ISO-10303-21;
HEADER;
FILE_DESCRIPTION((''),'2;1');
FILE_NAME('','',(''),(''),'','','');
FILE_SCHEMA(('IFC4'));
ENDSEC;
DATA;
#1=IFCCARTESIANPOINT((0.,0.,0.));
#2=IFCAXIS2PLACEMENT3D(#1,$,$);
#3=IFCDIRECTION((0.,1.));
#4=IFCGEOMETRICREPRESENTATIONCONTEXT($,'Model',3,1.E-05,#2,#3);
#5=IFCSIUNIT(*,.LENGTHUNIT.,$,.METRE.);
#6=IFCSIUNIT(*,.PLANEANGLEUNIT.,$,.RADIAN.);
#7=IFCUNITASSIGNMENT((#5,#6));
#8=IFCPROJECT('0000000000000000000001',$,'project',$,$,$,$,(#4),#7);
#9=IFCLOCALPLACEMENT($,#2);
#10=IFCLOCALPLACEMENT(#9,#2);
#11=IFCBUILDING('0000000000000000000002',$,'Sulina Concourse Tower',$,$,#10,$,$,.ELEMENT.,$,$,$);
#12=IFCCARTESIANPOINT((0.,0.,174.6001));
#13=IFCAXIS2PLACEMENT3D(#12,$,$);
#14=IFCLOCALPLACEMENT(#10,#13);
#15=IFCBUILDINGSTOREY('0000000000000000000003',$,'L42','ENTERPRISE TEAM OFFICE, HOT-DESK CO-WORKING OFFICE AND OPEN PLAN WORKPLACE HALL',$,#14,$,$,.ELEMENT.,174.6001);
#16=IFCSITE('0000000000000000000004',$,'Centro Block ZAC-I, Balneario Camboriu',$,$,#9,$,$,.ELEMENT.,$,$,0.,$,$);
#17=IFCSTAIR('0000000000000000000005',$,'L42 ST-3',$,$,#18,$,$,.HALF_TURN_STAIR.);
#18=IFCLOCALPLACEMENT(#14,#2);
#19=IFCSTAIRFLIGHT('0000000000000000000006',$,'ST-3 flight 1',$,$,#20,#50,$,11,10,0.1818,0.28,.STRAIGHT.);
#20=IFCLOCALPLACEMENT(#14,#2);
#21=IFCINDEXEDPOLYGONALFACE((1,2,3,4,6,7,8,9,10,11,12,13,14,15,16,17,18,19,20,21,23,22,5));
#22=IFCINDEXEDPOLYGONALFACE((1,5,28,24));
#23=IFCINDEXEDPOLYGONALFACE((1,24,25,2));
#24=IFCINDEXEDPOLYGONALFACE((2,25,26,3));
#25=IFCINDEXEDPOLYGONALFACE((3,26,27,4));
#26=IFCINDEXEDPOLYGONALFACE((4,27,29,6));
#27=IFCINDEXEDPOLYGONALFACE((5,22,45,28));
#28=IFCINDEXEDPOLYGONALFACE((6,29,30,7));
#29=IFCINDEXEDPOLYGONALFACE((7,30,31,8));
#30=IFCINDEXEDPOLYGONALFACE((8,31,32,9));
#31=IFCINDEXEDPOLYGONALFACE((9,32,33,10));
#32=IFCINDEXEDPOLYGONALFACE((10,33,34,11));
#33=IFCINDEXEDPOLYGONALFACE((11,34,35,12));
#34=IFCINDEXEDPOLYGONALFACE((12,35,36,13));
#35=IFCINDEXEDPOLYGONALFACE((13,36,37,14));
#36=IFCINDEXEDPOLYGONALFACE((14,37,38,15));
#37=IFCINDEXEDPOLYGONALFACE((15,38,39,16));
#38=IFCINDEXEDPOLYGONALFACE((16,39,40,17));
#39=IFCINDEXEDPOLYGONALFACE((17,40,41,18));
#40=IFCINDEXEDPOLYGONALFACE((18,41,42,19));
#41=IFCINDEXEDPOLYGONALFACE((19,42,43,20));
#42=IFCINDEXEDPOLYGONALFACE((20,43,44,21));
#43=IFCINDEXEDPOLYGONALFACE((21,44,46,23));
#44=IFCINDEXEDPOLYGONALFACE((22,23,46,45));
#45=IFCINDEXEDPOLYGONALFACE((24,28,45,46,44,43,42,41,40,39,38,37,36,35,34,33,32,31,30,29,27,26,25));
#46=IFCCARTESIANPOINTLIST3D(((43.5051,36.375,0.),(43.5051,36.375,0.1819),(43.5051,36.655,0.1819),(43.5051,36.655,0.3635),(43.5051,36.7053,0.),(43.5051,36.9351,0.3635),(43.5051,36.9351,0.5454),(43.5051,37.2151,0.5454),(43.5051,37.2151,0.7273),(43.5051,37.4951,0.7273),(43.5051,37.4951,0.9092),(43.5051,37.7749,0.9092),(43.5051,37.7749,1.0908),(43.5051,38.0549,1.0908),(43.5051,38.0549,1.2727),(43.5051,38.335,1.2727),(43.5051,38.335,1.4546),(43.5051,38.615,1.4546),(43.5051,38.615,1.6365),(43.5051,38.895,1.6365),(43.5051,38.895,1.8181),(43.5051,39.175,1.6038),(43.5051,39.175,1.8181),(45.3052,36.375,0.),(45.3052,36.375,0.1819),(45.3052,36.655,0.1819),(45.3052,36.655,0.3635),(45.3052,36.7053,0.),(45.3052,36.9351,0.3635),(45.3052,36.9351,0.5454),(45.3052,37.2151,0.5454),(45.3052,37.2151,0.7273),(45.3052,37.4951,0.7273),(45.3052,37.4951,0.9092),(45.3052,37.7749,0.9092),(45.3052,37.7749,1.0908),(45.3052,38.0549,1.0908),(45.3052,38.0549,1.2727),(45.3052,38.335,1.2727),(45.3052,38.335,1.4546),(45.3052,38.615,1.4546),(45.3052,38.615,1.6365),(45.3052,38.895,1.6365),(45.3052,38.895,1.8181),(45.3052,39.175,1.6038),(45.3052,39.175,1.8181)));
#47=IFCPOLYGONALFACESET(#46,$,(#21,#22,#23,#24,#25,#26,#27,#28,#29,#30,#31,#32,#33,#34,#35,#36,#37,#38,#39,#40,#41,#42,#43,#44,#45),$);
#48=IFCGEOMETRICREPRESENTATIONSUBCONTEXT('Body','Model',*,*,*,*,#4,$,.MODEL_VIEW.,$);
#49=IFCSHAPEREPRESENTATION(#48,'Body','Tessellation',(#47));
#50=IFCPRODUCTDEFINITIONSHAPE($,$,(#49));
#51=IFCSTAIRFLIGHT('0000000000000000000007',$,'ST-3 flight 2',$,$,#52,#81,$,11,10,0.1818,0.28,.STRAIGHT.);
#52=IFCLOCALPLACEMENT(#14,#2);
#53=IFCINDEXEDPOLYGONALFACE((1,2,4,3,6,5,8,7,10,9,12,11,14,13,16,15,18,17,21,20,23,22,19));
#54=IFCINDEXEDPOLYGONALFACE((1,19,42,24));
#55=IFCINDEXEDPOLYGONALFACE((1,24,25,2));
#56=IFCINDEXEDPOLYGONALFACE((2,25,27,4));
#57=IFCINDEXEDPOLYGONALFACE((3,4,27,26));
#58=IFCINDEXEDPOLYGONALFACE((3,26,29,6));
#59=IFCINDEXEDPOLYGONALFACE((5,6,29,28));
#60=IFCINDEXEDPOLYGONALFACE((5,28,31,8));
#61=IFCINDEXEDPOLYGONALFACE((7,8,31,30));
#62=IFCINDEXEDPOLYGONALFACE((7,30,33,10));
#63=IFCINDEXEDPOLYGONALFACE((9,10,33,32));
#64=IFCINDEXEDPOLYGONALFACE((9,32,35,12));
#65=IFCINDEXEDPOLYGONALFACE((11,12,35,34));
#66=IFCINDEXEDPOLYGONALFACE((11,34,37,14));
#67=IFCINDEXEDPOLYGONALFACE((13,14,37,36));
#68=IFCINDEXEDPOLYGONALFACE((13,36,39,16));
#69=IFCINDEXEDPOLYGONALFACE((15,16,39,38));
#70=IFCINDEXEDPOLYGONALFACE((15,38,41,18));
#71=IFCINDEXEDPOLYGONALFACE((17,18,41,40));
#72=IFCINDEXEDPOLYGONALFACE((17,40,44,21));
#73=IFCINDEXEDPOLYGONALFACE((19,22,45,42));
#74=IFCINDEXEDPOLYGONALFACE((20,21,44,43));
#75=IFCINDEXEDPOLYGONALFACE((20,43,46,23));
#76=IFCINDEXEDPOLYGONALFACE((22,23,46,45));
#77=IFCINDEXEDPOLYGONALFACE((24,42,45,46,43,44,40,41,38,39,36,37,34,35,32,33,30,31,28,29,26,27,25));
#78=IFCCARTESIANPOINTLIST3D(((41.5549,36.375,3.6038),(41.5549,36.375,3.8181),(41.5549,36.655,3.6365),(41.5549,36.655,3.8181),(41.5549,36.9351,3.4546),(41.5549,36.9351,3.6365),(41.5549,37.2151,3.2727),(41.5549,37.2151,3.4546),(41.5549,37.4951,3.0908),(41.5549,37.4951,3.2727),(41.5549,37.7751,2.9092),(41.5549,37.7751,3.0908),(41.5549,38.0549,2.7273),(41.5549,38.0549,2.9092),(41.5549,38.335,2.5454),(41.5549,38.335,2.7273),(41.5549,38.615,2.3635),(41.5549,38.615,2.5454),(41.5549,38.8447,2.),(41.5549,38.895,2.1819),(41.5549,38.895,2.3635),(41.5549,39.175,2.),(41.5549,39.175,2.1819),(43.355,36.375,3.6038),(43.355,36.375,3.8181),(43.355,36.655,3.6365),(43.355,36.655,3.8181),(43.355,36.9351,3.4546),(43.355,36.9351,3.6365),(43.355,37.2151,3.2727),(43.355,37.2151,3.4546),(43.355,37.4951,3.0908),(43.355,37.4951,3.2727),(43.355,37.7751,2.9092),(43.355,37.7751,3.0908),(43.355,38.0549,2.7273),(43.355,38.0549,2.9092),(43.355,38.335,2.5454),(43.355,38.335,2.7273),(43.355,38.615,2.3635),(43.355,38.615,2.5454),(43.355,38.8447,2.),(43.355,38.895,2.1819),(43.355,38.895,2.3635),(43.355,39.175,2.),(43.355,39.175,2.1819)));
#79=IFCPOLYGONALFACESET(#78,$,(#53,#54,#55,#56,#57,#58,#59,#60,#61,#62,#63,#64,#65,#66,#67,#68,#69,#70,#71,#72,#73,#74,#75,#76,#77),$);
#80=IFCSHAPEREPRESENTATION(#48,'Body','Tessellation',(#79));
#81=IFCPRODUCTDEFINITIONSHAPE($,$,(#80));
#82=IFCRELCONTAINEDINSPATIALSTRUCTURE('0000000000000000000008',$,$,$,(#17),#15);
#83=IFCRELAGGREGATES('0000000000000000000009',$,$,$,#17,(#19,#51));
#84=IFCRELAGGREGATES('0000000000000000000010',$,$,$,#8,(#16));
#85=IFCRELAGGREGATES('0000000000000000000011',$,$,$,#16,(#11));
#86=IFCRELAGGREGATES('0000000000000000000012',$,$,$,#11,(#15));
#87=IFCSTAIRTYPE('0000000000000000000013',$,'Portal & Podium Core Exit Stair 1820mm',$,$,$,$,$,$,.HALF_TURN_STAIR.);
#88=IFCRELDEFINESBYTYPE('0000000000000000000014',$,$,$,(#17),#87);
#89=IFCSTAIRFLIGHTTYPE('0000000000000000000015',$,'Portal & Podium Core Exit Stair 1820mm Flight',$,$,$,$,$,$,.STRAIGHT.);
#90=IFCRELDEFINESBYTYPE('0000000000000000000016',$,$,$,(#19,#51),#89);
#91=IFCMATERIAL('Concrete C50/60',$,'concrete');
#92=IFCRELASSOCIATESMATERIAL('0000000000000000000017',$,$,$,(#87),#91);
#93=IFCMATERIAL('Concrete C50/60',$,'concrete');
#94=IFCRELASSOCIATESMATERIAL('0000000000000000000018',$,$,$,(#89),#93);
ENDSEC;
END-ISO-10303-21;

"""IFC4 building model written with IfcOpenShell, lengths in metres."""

from ifc_helpers import new_model, si_unit, direction, frame, origin, place, context, subcontext, project, spatial, polyline, outline, extrude, material, type_object, element, aggregate, save


model = new_model("IFC4")

# Units and contexts
model_context = context("Model", 3, precision=1e-05, world=origin(), true_north=direction((0.0, 1.0)))
body_context = subcontext(model_context, "Body", "Model", "MODEL_VIEW")
ifc_project = project(units=[si_unit("LENGTHUNIT", "METRE"), si_unit("PLANEANGLEUNIT", "RADIAN")], contexts=[model_context])

# Site, building, storey
site_placement = place(None, origin())
site = spatial("IfcSite", under=ifc_project, at=site_placement, Name="Centro Block ZAC-I, Balneario Camboriu", CompositionType="ELEMENT", RefElevation=0.0)
building_placement = place(site_placement, origin())
building = spatial("IfcBuilding", under=site, at=building_placement, Name="Sulina Concourse Tower", CompositionType="ELEMENT")
storey_placement = place(building_placement, frame((0.0, 0.0, 174.6001)))
storey = spatial("IfcBuildingStorey", under=building, at=storey_placement, Name="L42", Description="ENTERPRISE TEAM OFFICE, HOT-DESK CO-WORKING OFFICE AND OPEN PLAN WORKPLACE HALL", CompositionType="ELEMENT", Elevation=174.6001)

# Stair, stair flights
ifc_material_1 = material(Name="Concrete C50/60", Category="concrete")
stair_type = type_object("IfcStairType", Name="Portal & Podium Core Exit Stair 1820mm", PredefinedType="HALF_TURN_STAIR", material=ifc_material_1)
stair_placement = place(storey_placement, origin())
stair = element("IfcStair", 1, at=stair_placement, inside=storey, type_object=stair_type, Name="L42 ST-3", PredefinedType="HALF_TURN_STAIR")
ifc_material_2 = material(Name="Concrete C50/60", Category="concrete")
stair_flight_type = type_object("IfcStairFlightType", Name="Portal & Podium Core Exit Stair 1820mm Flight", PredefinedType="STRAIGHT", material=ifc_material_2)
stair_flight_1_placement = place(storey_placement, frame((44.405, 36.375, 0.0), z_axis=(0.0, 0.0, 1.0), x_axis=(0.0, 1.0, 0.0)))
stair_flight_1 = element("IfcStairFlight", 2, at=stair_flight_1_placement, type_object=stair_flight_type, Name="ST-3 flight 1", NumberOfRisers=11, NumberOfTreads=10, PredefinedType="STRAIGHT", RiserHeight=0.1818, TreadLength=0.28, context=body_context, shape_type="SweptSolid", body=[
    extrude(outline(polyline([(0.0, 0.0), (0.0, 0.1819), (0.28, 0.1819), (0.28, 0.3635), (0.5601, 0.3635), (0.5601, 0.5454), (0.8401, 0.5454), (0.8401, 0.7273), (1.1201, 0.7273), (1.1201, 0.9092), (1.3999, 0.9092), (1.3999, 1.0908), (1.6799, 1.0908), (1.6799, 1.2727), (1.96, 1.2727), (1.96, 1.4546), (2.24, 1.4546), (2.24, 1.6365), (2.52, 1.6365), (2.52, 1.8181), (2.8, 1.8181), (2.8, 2.0), (2.8, 1.6038), (0.3303, 0.0), (0.0, 0.0)])), frame((0.0, 0.8999, 0.0), z_axis=(0.0, -1.0, 0.0), x_axis=(1.0, 0.0, 0.0)), (0.0, 0.0, 1.0), 1.8),
])
stair_flight_2_placement = place(storey_placement, frame((42.4551, 39.175, 2.0), z_axis=(0.0, 0.0, 1.0), x_axis=(0.0, -1.0, 0.0)))
stair_flight_2 = element("IfcStairFlight", 3, at=stair_flight_2_placement, type_object=stair_flight_type, Name="ST-3 flight 2", NumberOfRisers=11, NumberOfTreads=10, PredefinedType="STRAIGHT", RiserHeight=0.1818, TreadLength=0.28, context=body_context, shape_type="SweptSolid", body=[
    extrude(outline(polyline([(0.0, 0.0), (0.0, 0.1819), (0.28, 0.1819), (0.28, 0.3635), (0.5601, 0.3635), (0.5601, 0.5454), (0.8401, 0.5454), (0.8401, 0.7273), (1.1201, 0.7273), (1.1201, 0.9092), (1.3999, 0.9092), (1.3999, 1.0908), (1.6799, 1.0908), (1.6799, 1.2727), (1.96, 1.2727), (1.96, 1.4546), (2.24, 1.4546), (2.24, 1.6365), (2.52, 1.6365), (2.52, 1.8181), (2.8, 1.8181), (2.8, 2.0), (2.8, 1.6038), (0.3303, 0.0), (0.0, 0.0)])), frame((0.0, 0.8999, 0.0), z_axis=(0.0, -1.0, 0.0), x_axis=(1.0, 0.0, 0.0)), (0.0, 0.0, 1.0), 1.8),
])
aggregate(stair, [stair_flight_1, stair_flight_2])

save(model, "model.ifc")
